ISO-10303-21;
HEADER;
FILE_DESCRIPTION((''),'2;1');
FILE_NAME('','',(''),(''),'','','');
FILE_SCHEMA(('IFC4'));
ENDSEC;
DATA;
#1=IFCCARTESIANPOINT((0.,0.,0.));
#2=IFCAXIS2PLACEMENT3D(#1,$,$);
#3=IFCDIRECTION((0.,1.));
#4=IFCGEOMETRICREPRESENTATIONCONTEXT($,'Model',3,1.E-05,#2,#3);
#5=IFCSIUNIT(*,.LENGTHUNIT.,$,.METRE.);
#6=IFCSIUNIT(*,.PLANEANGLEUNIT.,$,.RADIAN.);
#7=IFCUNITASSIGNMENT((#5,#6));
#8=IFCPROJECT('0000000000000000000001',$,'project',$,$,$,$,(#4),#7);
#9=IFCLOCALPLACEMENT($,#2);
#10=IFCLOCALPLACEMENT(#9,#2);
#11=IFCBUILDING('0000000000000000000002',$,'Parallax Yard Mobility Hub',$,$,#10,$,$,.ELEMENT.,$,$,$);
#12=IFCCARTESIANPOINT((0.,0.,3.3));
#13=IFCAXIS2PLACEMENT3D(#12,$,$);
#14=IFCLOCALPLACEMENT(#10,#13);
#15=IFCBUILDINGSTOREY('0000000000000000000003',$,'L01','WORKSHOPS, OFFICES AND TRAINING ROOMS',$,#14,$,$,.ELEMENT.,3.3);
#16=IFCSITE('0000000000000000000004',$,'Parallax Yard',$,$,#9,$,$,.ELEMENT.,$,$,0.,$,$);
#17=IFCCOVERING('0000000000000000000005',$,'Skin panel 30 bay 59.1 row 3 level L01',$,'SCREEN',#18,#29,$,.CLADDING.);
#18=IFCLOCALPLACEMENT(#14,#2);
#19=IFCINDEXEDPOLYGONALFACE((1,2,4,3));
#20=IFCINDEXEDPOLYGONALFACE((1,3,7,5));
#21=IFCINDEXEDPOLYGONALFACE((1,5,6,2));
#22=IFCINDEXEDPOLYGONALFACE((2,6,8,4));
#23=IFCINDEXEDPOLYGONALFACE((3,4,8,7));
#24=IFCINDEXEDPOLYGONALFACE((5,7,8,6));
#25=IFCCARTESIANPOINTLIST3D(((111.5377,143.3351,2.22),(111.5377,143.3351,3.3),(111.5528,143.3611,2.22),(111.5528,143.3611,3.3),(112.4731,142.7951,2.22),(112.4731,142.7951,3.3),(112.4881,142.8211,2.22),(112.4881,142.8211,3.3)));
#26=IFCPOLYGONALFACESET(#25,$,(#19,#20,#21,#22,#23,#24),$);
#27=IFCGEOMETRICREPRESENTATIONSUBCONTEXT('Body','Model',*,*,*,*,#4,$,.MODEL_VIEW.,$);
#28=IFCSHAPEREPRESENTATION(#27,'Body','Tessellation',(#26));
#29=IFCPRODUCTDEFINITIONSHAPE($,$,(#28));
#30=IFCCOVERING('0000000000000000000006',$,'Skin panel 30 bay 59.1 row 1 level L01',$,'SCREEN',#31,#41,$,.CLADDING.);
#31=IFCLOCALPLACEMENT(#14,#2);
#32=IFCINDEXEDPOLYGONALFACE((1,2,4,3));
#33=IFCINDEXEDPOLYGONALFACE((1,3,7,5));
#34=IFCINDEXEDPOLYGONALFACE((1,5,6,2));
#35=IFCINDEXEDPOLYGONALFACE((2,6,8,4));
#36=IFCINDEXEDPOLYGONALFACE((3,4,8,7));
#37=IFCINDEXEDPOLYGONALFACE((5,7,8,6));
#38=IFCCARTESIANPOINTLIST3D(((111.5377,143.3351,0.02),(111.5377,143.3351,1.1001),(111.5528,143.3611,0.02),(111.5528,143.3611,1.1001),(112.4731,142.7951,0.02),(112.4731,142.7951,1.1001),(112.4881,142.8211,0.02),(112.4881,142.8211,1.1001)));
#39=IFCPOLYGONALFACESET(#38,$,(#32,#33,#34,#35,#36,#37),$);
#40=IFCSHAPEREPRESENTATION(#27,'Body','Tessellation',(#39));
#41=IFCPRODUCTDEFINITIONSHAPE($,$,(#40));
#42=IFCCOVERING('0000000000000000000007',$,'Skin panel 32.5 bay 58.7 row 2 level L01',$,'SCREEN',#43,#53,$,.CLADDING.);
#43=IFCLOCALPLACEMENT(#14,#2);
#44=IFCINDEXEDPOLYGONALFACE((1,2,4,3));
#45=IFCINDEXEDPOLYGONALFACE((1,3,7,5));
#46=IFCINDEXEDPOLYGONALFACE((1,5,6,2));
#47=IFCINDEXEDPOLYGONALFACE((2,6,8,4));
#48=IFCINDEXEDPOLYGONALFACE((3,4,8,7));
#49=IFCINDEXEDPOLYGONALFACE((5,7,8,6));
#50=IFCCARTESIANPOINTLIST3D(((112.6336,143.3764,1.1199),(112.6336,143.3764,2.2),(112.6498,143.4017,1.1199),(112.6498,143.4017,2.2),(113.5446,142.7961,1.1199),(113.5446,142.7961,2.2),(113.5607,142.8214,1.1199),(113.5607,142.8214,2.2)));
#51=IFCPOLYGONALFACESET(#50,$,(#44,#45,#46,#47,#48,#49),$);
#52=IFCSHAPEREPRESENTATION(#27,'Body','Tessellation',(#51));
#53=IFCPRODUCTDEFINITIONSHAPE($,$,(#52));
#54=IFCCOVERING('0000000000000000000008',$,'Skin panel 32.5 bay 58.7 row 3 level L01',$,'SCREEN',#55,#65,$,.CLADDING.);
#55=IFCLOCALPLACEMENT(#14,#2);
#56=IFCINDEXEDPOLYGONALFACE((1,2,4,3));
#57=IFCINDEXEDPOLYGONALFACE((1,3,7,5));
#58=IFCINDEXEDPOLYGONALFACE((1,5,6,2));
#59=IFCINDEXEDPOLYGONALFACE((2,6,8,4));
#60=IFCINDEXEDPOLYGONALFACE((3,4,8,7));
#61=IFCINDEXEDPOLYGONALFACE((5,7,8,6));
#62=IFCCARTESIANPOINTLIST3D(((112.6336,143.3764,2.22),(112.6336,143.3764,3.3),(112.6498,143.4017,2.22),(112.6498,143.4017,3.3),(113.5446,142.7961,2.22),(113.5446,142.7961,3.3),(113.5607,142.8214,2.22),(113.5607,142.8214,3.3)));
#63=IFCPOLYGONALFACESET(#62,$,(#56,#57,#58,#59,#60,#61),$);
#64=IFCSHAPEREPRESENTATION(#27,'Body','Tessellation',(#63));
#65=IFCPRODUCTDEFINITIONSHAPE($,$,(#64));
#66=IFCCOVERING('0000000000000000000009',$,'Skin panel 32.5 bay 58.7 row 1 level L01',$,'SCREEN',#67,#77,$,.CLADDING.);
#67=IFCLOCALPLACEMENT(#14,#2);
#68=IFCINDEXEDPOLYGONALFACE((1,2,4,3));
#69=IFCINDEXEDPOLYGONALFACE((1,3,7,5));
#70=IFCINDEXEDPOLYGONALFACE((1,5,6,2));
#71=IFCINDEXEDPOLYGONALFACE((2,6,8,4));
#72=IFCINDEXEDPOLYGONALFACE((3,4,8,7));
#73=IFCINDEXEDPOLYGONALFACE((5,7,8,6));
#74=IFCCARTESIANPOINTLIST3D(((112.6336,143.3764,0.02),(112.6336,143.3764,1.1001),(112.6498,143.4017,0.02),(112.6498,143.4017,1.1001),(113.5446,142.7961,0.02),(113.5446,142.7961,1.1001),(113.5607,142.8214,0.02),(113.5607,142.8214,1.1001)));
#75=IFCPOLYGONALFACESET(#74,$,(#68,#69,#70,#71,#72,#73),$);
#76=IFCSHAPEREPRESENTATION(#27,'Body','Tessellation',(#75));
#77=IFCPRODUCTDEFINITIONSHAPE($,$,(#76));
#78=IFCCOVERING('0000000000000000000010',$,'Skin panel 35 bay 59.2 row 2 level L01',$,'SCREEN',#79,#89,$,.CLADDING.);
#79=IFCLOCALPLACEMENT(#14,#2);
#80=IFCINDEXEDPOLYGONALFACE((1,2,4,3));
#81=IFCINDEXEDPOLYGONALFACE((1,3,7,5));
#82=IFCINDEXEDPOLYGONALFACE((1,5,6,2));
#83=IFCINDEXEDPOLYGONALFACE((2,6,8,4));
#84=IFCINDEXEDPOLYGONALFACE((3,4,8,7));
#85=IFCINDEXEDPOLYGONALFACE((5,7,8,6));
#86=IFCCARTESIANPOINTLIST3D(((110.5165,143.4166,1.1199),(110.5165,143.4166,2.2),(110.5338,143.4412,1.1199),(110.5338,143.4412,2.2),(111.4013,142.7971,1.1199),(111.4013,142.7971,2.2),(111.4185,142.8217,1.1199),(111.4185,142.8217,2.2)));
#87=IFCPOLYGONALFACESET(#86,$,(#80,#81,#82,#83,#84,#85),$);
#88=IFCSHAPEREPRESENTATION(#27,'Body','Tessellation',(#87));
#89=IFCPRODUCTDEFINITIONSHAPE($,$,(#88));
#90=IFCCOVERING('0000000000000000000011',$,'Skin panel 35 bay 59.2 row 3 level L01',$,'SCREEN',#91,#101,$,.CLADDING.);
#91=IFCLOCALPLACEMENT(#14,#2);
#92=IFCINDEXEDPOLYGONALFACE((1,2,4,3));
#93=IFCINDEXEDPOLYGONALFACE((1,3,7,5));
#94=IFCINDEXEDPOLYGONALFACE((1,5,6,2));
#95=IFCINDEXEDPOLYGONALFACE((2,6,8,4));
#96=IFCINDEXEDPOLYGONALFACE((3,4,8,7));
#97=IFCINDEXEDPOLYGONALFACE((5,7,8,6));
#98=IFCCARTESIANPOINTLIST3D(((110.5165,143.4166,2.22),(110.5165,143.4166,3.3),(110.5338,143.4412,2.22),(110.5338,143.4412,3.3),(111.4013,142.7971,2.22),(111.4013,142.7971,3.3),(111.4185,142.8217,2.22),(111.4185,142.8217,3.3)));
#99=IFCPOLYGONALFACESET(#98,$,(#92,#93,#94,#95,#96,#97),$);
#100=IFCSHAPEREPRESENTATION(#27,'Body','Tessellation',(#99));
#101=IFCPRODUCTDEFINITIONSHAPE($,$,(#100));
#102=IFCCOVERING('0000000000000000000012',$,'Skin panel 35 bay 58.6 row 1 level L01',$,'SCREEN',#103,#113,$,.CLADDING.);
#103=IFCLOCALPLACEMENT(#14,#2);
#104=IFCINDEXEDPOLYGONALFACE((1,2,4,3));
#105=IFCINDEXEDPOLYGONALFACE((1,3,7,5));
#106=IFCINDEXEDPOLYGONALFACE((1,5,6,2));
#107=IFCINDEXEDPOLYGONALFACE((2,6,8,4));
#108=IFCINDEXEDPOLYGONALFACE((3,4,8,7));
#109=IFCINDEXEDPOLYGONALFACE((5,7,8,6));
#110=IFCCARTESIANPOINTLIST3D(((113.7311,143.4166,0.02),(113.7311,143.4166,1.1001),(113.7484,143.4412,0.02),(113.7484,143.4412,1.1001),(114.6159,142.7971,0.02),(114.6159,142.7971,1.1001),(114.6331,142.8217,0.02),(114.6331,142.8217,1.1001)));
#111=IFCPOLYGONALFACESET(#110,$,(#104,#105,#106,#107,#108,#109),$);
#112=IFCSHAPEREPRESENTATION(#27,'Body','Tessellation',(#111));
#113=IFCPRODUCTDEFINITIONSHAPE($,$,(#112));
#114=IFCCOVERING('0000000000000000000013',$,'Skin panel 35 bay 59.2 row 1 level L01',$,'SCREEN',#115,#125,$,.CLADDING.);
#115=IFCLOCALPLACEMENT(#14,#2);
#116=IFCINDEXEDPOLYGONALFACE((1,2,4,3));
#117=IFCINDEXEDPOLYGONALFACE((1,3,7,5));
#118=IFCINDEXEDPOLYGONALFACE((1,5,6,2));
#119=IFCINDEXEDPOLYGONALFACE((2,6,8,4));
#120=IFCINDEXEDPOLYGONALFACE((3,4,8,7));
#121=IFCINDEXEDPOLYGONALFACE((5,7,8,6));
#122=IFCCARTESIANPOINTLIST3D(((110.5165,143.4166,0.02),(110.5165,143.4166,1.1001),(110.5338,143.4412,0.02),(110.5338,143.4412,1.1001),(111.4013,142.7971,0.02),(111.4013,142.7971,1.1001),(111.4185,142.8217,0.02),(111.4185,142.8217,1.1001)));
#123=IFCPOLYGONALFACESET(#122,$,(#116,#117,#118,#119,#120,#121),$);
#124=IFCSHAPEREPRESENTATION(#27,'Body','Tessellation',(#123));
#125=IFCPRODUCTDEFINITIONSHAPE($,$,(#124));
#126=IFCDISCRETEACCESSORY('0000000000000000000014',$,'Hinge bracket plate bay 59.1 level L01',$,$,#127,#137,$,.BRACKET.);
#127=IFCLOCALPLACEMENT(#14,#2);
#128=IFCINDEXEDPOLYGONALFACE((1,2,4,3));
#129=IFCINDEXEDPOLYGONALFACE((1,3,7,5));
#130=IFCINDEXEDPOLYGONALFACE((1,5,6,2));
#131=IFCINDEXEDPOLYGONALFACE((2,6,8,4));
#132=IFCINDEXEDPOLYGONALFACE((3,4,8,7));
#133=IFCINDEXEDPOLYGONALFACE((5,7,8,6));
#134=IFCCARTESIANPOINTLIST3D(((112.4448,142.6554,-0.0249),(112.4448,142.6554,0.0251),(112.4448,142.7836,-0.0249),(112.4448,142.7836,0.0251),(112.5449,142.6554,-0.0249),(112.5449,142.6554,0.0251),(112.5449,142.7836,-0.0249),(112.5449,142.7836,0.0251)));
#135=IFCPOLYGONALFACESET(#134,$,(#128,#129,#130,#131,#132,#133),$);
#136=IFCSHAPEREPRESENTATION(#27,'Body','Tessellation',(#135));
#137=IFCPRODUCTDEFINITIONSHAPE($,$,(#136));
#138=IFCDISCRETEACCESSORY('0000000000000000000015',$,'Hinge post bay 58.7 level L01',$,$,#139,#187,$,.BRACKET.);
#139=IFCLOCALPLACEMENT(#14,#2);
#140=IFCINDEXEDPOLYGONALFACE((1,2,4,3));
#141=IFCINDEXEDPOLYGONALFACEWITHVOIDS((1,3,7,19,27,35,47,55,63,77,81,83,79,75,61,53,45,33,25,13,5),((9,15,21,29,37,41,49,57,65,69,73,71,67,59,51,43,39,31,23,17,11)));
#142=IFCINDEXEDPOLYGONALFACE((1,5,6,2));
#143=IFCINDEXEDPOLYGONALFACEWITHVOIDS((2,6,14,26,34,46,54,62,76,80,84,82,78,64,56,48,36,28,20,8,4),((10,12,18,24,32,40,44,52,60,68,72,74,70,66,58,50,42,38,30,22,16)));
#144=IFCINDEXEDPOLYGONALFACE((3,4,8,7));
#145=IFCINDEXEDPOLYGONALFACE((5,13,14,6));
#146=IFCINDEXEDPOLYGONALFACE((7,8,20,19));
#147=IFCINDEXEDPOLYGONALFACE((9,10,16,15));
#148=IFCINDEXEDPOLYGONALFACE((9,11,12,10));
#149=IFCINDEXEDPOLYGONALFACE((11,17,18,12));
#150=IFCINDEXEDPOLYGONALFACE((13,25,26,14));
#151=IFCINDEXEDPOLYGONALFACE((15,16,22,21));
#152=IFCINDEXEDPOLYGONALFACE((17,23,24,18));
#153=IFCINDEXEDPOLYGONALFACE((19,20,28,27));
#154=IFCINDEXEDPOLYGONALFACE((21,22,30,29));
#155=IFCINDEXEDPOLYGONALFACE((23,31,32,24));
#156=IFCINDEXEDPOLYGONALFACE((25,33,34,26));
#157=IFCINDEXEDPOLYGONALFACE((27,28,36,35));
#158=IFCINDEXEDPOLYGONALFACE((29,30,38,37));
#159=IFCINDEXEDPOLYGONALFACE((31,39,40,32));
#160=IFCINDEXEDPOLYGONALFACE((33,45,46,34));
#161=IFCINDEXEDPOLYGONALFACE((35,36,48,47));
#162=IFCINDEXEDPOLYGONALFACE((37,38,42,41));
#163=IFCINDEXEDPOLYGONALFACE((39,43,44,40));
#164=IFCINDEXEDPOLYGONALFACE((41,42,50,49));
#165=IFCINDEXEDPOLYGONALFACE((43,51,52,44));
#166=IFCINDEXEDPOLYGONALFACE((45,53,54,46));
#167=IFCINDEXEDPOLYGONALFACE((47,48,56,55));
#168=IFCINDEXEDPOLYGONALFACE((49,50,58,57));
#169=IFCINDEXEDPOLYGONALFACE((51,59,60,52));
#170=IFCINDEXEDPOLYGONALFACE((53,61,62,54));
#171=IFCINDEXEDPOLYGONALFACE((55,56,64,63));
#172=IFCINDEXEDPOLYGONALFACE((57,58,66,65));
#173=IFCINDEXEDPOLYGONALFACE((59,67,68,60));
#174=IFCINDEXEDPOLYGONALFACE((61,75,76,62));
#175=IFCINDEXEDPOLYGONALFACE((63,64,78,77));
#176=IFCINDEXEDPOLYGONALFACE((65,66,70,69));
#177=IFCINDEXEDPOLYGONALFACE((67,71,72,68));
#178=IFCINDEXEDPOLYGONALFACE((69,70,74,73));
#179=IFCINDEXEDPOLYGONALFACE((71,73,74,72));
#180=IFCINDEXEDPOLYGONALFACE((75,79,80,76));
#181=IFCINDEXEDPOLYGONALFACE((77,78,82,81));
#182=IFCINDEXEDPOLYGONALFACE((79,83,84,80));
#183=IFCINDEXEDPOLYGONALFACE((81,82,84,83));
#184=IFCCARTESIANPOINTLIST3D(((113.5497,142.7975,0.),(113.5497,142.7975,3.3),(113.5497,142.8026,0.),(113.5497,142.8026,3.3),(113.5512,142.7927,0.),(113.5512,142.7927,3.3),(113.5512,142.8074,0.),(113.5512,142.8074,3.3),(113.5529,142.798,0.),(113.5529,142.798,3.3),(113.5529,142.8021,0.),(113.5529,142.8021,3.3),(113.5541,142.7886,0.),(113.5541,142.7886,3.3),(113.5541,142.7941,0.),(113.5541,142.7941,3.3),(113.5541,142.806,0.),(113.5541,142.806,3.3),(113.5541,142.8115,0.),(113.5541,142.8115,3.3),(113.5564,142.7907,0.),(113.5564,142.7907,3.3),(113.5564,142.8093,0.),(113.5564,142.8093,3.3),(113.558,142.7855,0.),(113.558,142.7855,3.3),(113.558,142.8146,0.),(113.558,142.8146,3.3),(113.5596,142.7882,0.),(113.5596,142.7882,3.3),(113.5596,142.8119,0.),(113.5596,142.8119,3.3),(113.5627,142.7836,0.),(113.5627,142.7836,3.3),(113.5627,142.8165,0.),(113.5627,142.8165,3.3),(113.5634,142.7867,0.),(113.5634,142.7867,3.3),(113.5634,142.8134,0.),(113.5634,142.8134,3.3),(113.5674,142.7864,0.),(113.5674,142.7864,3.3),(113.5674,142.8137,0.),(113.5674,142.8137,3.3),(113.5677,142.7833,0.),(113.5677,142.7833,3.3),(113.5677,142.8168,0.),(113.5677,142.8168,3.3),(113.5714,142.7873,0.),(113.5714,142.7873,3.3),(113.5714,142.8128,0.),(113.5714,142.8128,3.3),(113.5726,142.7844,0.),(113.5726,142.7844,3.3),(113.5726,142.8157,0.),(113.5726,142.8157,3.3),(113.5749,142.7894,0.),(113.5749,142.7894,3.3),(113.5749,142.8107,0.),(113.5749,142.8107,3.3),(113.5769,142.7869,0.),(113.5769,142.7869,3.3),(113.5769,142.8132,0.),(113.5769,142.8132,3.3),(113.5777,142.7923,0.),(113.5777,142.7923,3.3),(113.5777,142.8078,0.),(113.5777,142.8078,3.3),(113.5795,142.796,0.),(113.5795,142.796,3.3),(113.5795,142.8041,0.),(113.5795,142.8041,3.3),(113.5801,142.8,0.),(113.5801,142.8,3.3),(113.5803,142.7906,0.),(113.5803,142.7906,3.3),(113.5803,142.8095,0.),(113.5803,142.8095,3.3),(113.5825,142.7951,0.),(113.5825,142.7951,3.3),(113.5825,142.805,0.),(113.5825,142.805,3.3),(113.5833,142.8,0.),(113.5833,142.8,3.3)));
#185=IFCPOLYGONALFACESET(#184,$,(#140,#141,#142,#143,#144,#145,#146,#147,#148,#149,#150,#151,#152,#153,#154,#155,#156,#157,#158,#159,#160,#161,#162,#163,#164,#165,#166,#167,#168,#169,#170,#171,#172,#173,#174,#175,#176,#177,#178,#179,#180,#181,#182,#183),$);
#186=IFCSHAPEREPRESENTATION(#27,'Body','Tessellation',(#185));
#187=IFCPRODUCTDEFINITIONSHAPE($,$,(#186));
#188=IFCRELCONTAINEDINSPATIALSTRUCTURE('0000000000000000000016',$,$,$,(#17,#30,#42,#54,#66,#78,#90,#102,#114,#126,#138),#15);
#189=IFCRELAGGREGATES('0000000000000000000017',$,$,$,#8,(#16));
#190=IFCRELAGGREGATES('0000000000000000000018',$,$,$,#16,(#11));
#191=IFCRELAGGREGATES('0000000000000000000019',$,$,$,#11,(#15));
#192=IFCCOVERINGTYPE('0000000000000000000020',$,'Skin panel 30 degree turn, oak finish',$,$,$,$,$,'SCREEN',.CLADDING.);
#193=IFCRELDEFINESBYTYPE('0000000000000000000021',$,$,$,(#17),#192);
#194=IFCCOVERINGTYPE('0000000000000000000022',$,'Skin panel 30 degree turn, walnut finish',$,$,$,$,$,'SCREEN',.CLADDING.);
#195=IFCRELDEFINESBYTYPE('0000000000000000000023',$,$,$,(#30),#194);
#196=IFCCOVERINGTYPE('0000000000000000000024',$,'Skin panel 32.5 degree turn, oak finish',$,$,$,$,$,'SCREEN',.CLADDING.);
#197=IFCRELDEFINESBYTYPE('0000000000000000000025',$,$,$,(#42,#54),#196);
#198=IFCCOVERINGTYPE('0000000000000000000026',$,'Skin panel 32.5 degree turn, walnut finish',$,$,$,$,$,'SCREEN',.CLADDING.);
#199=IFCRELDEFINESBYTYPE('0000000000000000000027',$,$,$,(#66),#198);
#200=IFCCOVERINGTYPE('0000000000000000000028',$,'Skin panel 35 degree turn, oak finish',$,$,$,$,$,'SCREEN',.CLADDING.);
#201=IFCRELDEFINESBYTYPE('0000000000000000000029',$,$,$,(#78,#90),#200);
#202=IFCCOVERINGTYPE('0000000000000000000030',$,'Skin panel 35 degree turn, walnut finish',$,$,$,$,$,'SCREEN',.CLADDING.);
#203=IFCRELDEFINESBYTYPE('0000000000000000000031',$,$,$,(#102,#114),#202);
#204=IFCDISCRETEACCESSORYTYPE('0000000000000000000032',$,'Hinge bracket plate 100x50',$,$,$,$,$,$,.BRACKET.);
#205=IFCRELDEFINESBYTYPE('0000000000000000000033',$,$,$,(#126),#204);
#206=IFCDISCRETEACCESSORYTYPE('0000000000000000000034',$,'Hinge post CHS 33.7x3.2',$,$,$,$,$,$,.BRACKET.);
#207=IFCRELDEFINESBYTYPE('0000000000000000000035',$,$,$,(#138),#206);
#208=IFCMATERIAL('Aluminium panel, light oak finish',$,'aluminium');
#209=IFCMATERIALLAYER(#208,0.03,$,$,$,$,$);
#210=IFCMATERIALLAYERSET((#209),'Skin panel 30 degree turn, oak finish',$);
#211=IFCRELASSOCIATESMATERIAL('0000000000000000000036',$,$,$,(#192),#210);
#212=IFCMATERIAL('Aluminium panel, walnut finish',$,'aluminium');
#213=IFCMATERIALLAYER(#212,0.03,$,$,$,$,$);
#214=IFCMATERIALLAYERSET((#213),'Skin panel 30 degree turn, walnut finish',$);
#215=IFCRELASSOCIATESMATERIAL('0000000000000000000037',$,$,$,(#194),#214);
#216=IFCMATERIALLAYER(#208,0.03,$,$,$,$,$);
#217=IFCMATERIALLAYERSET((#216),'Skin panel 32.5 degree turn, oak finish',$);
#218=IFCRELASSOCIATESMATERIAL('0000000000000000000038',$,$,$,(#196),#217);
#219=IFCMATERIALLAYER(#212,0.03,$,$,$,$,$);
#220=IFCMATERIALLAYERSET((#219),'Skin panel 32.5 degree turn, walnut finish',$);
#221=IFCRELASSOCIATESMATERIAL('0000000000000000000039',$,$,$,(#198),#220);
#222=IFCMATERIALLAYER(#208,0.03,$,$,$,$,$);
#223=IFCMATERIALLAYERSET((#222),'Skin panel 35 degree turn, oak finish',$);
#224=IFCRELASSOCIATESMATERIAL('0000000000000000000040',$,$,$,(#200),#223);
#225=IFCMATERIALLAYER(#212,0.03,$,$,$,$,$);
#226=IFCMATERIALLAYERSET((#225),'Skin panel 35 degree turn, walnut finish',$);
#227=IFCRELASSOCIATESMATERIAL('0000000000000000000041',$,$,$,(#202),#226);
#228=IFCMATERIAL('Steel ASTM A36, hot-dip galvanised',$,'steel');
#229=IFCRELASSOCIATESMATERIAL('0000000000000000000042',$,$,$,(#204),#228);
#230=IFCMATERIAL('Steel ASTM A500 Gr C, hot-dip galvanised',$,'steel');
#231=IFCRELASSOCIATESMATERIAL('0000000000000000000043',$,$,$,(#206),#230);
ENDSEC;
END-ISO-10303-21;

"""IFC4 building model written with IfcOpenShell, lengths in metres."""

from ifc_helpers import new_model, si_unit, direction, frame, origin, origin_2d, place, context, subcontext, project, spatial, rectangle, hollow_circle, extrude, material, layer, layer_set, material_profile, profile_set, type_object, element, save


model = new_model("IFC4")

# Units and contexts
model_context = context("Model", 3, precision=1e-05, world=origin(), true_north=direction((0.0, 1.0)))
body_context = subcontext(model_context, "Body", "Model", "MODEL_VIEW")
ifc_project = project(units=[si_unit("LENGTHUNIT", "METRE"), si_unit("PLANEANGLEUNIT", "RADIAN")], contexts=[model_context])

# Site, building, storey
site_placement = place(None, origin())
site = spatial("IfcSite", under=ifc_project, at=site_placement, Name="Parallax Yard", CompositionType="ELEMENT", RefElevation=0.0)
building_placement = place(site_placement, origin())
building = spatial("IfcBuilding", under=site, at=building_placement, Name="Parallax Yard Mobility Hub", CompositionType="ELEMENT")
storey_placement = place(building_placement, frame((0.0, 0.0, 3.3)))
storey = spatial("IfcBuildingStorey", under=building, at=storey_placement, Name="L01", Description="WORKSHOPS, OFFICES AND TRAINING ROOMS", CompositionType="ELEMENT", Elevation=3.3)

# Coverings
ifc_material_1 = material(Name="Aluminium panel, light oak finish", Category="aluminium")
ifc_material_2 = material(Name="Aluminium panel, walnut finish", Category="aluminium")
ifc_layer_1 = layer(ifc_material_1, 0.03)
ifc_layer_set_1 = layer_set([ifc_layer_1], Name="Skin panel 30 degree turn, oak finish")
covering_type_1 = type_object("IfcCoveringType", Name="Skin panel 30 degree turn, oak finish", ElementType="SCREEN", PredefinedType="CLADDING", material=ifc_layer_set_1)
for number, where, z_axis, x_axis, name in (
    (1, (112.0129, 143.0781, 2.22), (0.0, 0.0, 1.0), (-0.866025, 0.5, 0.0), "Skin panel 30 bay 59.1 row 3 level L01"),
):
    element("IfcCovering", number, at=place(storey_placement, frame(where, z_axis=z_axis, x_axis=x_axis)), inside=storey, type_object=covering_type_1, Name=name, ObjectType="SCREEN", PredefinedType="CLADDING", context=body_context, shape_type="SweptSolid", body=[
        extrude(rectangle(XDim=1.0801, YDim=0.03, at=origin_2d()), origin(), (0.0, 0.0, 1.0), 1.0801),
    ])
ifc_layer_2 = layer(ifc_material_2, 0.03)
ifc_layer_set_2 = layer_set([ifc_layer_2], Name="Skin panel 30 degree turn, walnut finish")
covering_type_2 = type_object("IfcCoveringType", Name="Skin panel 30 degree turn, walnut finish", ElementType="SCREEN", PredefinedType="CLADDING", material=ifc_layer_set_2)
covering_1_placement = place(storey_placement, frame((112.0129, 143.0781, 0.02), z_axis=(0.0, 0.0, 1.0), x_axis=(-0.866025, 0.5, 0.0)))
element("IfcCovering", 2, at=covering_1_placement, inside=storey, type_object=covering_type_2, Name="Skin panel 30 bay 59.1 row 1 level L01", ObjectType="SCREEN", PredefinedType="CLADDING", context=body_context, shape_type="SweptSolid", body=[
    extrude(rectangle(XDim=1.0801, YDim=0.03, at=origin_2d()), origin(), (0.0, 0.0, 1.0), 1.0801),
])
ifc_layer_3 = layer(ifc_material_1, 0.03)
ifc_layer_set_3 = layer_set([ifc_layer_3], Name="Skin panel 32.5 degree turn, oak finish")
covering_type_3 = type_object("IfcCoveringType", Name="Skin panel 32.5 degree turn, oak finish", ElementType="SCREEN", PredefinedType="CLADDING", material=ifc_layer_set_3)
for number, where, z_axis, x_axis, name in (
    (3, (113.0972, 143.0989, 1.1199), (0.0, 0.0, 1.0), (-0.843391, 0.5373, 0.0), "Skin panel 32.5 bay 58.7 row 2 level L01"),
    (4, (113.0972, 143.0989, 2.22), (0.0, 0.0, 1.0), (-0.843391, 0.5373, 0.0), "Skin panel 32.5 bay 58.7 row 3 level L01"),
):
    element("IfcCovering", number, at=place(storey_placement, frame(where, z_axis=z_axis, x_axis=x_axis)), inside=storey, type_object=covering_type_3, Name=name, ObjectType="SCREEN", PredefinedType="CLADDING", context=body_context, shape_type="SweptSolid", body=[
        extrude(rectangle(XDim=1.0801, YDim=0.03, at=origin_2d()), origin(), (0.0, 0.0, 1.0), 1.0801),
    ])
ifc_layer_4 = layer(ifc_material_2, 0.03)
ifc_layer_set_4 = layer_set([ifc_layer_4], Name="Skin panel 32.5 degree turn, walnut finish")
covering_type_4 = type_object("IfcCoveringType", Name="Skin panel 32.5 degree turn, walnut finish", ElementType="SCREEN", PredefinedType="CLADDING", material=ifc_layer_set_4)
covering_2_placement = place(storey_placement, frame((113.0972, 143.0989, 0.02), z_axis=(0.0, 0.0, 1.0), x_axis=(-0.843391, 0.5373, 0.0)))
element("IfcCovering", 5, at=covering_2_placement, inside=storey, type_object=covering_type_4, Name="Skin panel 32.5 bay 58.7 row 1 level L01", ObjectType="SCREEN", PredefinedType="CLADDING", context=body_context, shape_type="SweptSolid", body=[
    extrude(rectangle(XDim=1.0801, YDim=0.03, at=origin_2d()), origin(), (0.0, 0.0, 1.0), 1.0801),
])
ifc_layer_5 = layer(ifc_material_1, 0.03)
ifc_layer_set_5 = layer_set([ifc_layer_5], Name="Skin panel 35 degree turn, oak finish")
covering_type_5 = type_object("IfcCoveringType", Name="Skin panel 35 degree turn, oak finish", ElementType="SCREEN", PredefinedType="CLADDING", material=ifc_layer_set_5)
for number, where, z_axis, x_axis, name in (
    (6, (110.9675, 143.1191, 1.1199), (0.0, 0.0, 1.0), (-0.819152, 0.573576, 0.0), "Skin panel 35 bay 59.2 row 2 level L01"),
    (7, (110.9675, 143.1191, 2.22), (0.0, 0.0, 1.0), (-0.819152, 0.573576, 0.0), "Skin panel 35 bay 59.2 row 3 level L01"),
):
    element("IfcCovering", number, at=place(storey_placement, frame(where, z_axis=z_axis, x_axis=x_axis)), inside=storey, type_object=covering_type_5, Name=name, ObjectType="SCREEN", PredefinedType="CLADDING", context=body_context, shape_type="SweptSolid", body=[
        extrude(rectangle(XDim=1.0801, YDim=0.03, at=origin_2d()), origin(), (0.0, 0.0, 1.0), 1.0801),
    ])
ifc_layer_6 = layer(ifc_material_2, 0.03)
ifc_layer_set_6 = layer_set([ifc_layer_6], Name="Skin panel 35 degree turn, walnut finish")
covering_type_6 = type_object("IfcCoveringType", Name="Skin panel 35 degree turn, walnut finish", ElementType="SCREEN", PredefinedType="CLADDING", material=ifc_layer_set_6)
for number, where, z_axis, x_axis, name in (
    (8, (114.1821, 143.1191, 0.02), (0.0, 0.0, 1.0), (-0.819152, 0.573576, 0.0), "Skin panel 35 bay 58.6 row 1 level L01"),
    (9, (110.9675, 143.1191, 0.02), (0.0, 0.0, 1.0), (-0.819152, 0.573576, 0.0), "Skin panel 35 bay 59.2 row 1 level L01"),
):
    element("IfcCovering", number, at=place(storey_placement, frame(where, z_axis=z_axis, x_axis=x_axis)), inside=storey, type_object=covering_type_6, Name=name, ObjectType="SCREEN", PredefinedType="CLADDING", context=body_context, shape_type="SweptSolid", body=[
        extrude(rectangle(XDim=1.0801, YDim=0.03, at=origin_2d()), origin(), (0.0, 0.0, 1.0), 1.0801),
    ])

# Discrete accessories
ifc_material_3 = material(Name="Steel ASTM A36, hot-dip galvanised", Category="steel")
discrete_accessory_type_1 = type_object("IfcDiscreteAccessoryType", Name="Hinge bracket plate 100x50", PredefinedType="BRACKET", material=ifc_material_3)
discrete_accessory_placement = place(storey_placement, frame((112.4949, 142.7195, -0.0249), z_axis=(0.0, 0.0, 1.0), x_axis=(0.0, 1.0, 0.0)))
element("IfcDiscreteAccessory", 10, at=discrete_accessory_placement, inside=storey, type_object=discrete_accessory_type_1, Name="Hinge bracket plate bay 59.1 level L01", PredefinedType="BRACKET", context=body_context, shape_type="SweptSolid", body=[
    extrude(rectangle(XDim=0.1282, YDim=0.1001, at=origin_2d()), origin(), (0.0, 0.0, 1.0), 0.05),
])
ifc_material_4 = material(Name="Steel ASTM A500 Gr C, hot-dip galvanised", Category="steel")
ifc_material_profile = material_profile(ifc_material_4, hollow_circle(Radius=0.0168, WallThickness=0.0032, at=origin_2d()), Name="CHS 33.7x3.2")
ifc_profile_set = profile_set([ifc_material_profile], Name="Steel ASTM A500 Gr C, hot-dip galvanised")
discrete_accessory_type_2 = type_object("IfcDiscreteAccessoryType", Name="Hinge post CHS 33.7x3.2", PredefinedType="BRACKET", material=ifc_profile_set)
for number, where, z_axis, x_axis, name in (
    (11, (113.5664, 142.8, 0.0), (0.0, 0.0, 1.0), (1.0, 0.0, 0.0), "Hinge post bay 58.7 level L01"),
):
    element("IfcDiscreteAccessory", number, at=place(storey_placement, frame(where, z_axis=z_axis, x_axis=x_axis)), inside=storey, type_object=discrete_accessory_type_2, Name=name, PredefinedType="BRACKET", context=body_context, shape_type="SweptSolid", body=[
        extrude(hollow_circle(Radius=0.0168, WallThickness=0.0032, at=origin_2d()), origin(), (0.0, 0.0, 1.0), 3.3),
    ])

save(model, "model.ifc")
